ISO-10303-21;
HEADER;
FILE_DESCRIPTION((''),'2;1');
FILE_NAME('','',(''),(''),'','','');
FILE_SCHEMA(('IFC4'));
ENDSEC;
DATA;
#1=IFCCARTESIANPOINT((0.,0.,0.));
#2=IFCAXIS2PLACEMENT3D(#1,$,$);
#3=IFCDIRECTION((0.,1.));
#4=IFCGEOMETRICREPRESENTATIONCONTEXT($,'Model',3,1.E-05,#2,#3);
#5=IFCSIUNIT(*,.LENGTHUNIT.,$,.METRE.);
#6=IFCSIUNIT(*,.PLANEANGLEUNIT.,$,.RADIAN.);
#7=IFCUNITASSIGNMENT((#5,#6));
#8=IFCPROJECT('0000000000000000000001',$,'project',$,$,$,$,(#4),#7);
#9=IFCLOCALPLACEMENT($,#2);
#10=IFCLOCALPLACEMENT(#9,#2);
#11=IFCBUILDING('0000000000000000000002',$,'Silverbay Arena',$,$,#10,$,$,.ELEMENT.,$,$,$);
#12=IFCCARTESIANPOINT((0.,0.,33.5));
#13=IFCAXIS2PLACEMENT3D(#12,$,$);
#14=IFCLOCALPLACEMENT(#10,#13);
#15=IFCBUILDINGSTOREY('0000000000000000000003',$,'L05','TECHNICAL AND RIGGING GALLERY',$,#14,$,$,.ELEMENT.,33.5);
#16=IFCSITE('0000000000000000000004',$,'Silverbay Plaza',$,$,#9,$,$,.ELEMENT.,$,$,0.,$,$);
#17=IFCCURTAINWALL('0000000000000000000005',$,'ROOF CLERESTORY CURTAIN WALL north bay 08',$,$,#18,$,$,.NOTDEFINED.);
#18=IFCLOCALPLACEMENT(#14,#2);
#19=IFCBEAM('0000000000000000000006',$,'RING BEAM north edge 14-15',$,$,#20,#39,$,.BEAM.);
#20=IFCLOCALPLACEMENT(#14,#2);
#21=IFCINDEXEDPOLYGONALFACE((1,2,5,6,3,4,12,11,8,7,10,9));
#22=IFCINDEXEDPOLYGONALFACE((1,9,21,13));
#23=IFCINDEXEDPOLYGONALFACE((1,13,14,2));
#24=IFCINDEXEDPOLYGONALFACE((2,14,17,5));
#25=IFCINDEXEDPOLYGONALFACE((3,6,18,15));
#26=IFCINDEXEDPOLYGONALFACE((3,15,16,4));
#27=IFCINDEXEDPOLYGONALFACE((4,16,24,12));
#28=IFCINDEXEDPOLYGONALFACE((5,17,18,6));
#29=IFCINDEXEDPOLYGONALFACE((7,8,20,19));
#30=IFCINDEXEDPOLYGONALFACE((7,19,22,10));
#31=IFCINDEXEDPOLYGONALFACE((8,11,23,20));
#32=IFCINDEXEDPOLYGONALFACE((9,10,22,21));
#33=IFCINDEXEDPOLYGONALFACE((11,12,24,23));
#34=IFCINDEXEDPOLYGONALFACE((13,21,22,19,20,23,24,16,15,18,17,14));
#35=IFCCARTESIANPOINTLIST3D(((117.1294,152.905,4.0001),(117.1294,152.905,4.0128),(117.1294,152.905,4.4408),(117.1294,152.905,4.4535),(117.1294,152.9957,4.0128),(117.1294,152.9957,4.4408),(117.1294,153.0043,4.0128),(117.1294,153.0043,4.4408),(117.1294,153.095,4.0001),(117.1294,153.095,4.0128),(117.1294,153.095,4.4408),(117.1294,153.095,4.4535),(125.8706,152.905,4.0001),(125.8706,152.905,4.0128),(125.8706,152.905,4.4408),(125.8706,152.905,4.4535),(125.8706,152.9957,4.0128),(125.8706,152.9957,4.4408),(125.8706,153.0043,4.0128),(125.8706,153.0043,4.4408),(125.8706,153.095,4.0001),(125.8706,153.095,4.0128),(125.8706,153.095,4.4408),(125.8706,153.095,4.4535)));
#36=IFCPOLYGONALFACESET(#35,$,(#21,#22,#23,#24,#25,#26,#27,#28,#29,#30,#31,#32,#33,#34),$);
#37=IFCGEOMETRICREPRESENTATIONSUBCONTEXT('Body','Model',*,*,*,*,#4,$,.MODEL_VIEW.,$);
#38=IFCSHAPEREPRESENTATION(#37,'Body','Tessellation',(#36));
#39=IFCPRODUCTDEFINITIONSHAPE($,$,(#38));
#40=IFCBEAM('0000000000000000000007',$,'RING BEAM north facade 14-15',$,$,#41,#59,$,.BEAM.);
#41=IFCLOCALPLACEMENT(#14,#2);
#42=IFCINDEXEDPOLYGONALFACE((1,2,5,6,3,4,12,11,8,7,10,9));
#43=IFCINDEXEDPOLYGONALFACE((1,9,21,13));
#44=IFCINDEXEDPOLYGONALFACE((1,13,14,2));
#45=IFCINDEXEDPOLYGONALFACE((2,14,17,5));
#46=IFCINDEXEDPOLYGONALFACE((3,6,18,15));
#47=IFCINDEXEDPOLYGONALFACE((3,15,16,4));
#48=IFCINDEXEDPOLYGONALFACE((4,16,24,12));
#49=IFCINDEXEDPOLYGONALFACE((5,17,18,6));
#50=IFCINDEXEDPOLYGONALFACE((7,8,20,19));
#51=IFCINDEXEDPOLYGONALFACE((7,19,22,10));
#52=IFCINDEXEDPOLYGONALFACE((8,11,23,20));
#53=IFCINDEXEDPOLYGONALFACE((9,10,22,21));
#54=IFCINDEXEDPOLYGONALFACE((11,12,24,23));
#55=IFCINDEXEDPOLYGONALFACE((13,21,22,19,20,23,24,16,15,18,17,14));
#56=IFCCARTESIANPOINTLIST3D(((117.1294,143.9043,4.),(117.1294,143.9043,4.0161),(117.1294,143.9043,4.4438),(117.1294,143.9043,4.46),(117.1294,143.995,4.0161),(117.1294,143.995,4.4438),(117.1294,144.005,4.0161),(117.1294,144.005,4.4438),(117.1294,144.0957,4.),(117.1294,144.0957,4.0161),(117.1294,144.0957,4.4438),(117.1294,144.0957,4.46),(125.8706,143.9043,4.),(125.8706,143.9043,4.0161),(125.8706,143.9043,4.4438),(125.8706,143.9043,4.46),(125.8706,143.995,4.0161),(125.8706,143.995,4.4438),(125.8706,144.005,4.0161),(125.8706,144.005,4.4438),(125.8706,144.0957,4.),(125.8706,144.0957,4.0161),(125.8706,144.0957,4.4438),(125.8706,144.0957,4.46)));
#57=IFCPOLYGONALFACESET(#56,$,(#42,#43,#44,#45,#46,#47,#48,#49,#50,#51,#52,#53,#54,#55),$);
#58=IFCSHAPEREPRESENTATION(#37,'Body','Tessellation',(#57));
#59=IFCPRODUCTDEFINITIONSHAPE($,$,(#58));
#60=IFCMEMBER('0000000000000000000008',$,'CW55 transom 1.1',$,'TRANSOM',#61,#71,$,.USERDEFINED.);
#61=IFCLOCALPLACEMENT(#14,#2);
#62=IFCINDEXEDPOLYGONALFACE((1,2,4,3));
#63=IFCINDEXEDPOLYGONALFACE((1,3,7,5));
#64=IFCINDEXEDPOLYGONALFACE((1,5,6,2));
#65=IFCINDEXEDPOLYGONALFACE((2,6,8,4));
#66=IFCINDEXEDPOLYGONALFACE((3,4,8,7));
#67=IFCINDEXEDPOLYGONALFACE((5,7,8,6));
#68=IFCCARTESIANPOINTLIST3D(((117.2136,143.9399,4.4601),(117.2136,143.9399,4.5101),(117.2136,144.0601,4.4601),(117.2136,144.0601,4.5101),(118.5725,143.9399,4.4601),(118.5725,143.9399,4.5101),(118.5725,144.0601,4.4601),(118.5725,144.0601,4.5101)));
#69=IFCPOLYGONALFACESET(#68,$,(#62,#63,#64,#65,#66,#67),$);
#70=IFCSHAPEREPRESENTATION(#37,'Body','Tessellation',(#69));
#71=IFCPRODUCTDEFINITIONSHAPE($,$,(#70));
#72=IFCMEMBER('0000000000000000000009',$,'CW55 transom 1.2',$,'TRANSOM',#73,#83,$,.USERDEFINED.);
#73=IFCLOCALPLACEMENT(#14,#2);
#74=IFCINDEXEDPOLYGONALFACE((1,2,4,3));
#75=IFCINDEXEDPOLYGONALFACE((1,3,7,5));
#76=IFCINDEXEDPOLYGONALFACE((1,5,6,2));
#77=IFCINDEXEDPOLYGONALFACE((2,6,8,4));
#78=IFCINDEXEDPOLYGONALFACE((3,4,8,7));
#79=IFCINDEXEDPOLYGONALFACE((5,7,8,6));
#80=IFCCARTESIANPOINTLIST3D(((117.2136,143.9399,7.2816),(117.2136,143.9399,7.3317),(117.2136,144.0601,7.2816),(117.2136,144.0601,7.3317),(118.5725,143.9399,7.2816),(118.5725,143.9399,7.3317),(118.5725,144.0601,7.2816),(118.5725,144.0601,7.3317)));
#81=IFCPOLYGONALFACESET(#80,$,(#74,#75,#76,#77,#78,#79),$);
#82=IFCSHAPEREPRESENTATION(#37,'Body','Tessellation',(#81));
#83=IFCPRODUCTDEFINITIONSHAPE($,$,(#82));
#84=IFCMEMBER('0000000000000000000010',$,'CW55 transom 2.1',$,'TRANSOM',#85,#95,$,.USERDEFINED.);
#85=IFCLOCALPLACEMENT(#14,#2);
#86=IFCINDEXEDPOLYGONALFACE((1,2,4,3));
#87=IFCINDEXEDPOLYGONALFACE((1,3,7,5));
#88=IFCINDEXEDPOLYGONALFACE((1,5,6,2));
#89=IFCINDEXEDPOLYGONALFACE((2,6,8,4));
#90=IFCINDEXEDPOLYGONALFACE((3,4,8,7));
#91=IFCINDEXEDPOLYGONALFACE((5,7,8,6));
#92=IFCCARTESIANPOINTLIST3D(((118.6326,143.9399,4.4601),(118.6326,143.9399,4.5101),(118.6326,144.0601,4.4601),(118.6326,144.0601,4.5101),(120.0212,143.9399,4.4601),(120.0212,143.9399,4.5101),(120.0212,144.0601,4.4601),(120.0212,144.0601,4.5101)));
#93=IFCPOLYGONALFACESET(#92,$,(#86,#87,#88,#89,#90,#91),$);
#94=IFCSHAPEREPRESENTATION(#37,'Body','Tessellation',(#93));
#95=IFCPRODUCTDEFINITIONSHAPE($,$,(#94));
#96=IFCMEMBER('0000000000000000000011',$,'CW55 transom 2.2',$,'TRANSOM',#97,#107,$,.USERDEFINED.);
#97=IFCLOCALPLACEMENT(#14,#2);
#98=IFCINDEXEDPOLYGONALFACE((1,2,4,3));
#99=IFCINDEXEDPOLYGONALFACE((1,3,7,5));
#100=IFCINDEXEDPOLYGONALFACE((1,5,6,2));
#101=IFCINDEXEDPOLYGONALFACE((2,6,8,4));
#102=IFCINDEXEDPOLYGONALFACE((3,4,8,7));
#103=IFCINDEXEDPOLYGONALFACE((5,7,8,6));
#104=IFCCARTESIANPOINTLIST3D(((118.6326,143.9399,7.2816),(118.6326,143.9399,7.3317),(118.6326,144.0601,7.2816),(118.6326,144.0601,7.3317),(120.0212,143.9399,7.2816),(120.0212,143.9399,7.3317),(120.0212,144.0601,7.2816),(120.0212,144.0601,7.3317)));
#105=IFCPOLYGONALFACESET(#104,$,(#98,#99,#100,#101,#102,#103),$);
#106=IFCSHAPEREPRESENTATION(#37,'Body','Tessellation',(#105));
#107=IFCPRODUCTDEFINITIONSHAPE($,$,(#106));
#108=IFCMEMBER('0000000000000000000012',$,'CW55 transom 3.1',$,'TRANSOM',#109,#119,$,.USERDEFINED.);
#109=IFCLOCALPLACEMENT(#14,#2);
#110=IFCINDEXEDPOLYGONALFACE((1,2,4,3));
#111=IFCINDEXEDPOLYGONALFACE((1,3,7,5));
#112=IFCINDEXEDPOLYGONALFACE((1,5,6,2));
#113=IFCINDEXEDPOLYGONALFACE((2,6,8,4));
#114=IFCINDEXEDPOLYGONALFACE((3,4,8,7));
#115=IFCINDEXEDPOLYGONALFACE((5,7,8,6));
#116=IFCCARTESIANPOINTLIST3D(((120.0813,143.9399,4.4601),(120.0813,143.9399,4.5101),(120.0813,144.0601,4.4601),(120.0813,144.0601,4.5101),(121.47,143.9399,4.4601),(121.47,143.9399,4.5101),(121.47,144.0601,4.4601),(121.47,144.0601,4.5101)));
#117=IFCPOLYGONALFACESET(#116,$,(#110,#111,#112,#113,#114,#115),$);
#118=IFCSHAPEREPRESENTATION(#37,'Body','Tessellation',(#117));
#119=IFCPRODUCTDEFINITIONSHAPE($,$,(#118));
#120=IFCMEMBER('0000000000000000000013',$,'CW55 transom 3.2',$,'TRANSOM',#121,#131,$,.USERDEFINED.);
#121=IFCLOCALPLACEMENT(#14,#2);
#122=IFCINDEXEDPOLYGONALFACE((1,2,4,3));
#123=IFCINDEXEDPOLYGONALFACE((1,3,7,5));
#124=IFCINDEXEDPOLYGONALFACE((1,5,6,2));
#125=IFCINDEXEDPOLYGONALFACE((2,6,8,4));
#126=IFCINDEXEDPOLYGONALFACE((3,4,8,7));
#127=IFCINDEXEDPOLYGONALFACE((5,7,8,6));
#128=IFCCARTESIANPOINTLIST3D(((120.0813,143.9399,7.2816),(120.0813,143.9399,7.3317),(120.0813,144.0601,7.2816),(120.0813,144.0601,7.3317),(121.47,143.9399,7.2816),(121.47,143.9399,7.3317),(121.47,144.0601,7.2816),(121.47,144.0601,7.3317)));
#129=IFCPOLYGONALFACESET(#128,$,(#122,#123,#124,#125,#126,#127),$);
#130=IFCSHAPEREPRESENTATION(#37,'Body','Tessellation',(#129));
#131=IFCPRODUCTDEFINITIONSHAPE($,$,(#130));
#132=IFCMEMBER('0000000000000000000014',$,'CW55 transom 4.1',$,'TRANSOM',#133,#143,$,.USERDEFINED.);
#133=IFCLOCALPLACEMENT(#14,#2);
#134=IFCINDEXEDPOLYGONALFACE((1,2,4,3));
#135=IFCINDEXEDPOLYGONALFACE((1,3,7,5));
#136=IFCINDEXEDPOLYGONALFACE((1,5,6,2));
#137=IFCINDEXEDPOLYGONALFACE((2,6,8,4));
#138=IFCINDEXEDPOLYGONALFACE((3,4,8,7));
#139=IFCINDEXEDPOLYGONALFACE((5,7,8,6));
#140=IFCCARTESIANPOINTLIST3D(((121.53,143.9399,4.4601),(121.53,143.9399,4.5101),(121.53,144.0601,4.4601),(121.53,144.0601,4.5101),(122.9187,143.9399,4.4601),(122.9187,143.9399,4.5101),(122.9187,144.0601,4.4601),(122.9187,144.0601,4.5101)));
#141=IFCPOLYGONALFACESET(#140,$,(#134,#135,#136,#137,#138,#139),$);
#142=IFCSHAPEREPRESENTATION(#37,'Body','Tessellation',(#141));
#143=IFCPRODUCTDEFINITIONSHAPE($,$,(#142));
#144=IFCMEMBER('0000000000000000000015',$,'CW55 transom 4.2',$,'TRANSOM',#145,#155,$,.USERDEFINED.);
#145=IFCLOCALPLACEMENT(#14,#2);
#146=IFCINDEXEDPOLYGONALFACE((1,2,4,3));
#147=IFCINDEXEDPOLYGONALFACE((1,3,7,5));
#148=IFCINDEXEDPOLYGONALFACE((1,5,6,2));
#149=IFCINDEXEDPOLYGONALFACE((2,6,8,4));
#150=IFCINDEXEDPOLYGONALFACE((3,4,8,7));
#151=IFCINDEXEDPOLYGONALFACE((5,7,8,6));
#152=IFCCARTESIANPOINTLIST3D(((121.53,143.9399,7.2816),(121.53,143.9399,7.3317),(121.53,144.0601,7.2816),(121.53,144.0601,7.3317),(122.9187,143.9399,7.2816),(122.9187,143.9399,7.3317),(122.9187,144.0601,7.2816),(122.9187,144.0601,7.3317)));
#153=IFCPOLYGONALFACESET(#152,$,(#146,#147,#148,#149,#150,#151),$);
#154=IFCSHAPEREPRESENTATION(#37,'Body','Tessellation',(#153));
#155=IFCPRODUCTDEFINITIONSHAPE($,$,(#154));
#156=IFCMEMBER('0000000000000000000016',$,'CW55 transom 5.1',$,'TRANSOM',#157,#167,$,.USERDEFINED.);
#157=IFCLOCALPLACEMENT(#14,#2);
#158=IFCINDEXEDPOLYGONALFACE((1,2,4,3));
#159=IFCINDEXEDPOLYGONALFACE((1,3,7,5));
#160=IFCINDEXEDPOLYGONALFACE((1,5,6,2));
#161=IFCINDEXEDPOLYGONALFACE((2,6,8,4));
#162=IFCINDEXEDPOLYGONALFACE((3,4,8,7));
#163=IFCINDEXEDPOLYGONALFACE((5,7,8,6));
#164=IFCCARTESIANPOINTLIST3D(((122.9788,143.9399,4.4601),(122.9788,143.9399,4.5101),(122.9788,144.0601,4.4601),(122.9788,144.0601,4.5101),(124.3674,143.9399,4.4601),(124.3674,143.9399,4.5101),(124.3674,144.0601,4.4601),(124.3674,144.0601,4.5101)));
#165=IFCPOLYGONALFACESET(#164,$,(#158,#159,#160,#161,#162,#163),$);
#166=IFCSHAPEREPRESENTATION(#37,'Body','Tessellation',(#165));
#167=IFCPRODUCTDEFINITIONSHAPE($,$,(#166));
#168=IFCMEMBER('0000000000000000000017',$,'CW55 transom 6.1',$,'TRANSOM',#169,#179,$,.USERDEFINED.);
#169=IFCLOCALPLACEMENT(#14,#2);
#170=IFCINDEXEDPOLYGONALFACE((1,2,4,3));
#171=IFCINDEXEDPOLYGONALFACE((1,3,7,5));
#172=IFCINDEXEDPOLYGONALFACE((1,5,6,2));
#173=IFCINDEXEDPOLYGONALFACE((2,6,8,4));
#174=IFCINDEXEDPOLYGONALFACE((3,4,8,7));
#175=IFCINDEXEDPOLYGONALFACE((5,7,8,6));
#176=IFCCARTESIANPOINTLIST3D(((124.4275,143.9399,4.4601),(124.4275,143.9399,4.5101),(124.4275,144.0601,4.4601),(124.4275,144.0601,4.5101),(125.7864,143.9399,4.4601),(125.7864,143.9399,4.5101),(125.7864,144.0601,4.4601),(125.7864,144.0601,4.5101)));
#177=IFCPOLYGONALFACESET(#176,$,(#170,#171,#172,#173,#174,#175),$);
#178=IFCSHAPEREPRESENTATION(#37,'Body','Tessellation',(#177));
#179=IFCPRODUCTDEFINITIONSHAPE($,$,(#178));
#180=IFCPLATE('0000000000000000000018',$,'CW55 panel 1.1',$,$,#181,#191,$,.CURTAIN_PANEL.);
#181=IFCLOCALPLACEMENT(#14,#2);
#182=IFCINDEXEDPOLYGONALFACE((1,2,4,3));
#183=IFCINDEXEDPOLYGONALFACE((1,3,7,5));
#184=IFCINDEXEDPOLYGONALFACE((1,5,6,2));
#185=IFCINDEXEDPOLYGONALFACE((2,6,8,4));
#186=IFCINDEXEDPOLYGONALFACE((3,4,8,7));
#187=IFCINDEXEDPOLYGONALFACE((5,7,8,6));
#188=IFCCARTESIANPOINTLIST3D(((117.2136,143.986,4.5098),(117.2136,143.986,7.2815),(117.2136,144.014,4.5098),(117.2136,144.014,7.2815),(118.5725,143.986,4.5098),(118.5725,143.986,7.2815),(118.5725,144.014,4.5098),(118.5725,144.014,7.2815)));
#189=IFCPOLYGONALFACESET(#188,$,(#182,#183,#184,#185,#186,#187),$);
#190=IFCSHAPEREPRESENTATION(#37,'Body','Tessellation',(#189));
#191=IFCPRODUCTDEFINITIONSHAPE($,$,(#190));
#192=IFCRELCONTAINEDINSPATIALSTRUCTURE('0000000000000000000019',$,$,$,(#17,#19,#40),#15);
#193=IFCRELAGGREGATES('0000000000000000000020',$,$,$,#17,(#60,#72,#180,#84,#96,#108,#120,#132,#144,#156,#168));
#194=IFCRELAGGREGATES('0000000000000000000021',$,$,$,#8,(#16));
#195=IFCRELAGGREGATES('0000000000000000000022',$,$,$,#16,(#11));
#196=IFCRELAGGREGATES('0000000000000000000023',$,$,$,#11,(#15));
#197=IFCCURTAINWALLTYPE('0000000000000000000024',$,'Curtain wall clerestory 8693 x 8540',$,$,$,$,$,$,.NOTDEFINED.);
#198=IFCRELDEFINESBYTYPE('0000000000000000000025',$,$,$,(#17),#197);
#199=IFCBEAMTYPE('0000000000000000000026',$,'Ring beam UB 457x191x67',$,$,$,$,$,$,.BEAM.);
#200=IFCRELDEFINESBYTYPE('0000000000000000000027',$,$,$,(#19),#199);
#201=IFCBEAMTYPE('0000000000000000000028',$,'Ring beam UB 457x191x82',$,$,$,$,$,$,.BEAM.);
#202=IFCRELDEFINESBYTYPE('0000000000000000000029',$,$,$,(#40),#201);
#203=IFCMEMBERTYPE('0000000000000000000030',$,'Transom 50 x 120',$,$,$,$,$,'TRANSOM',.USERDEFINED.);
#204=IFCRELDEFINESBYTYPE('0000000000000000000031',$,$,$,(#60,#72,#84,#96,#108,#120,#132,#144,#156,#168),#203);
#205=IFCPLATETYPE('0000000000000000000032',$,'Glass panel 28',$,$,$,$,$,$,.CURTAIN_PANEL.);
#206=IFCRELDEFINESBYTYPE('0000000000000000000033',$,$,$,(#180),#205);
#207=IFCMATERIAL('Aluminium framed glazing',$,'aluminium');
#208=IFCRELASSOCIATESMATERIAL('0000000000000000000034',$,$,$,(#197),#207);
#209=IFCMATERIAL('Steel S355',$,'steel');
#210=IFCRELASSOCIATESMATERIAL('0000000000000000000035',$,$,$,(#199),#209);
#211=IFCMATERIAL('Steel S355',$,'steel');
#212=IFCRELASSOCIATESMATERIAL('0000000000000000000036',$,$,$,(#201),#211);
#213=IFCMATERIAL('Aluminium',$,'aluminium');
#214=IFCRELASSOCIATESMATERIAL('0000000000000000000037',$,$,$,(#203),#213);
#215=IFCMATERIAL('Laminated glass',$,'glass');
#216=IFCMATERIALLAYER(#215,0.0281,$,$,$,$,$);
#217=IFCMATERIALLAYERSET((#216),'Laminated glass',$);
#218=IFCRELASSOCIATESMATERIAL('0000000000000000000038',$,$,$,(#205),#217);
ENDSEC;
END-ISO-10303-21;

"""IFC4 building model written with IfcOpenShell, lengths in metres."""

from ifc_helpers import new_model, si_unit, direction, frame, origin, origin_2d, place, context, subcontext, project, spatial, rectangle, i_section, extrude, material, layer, layer_set, material_profile, profile_set, type_object, element, aggregate, save


model = new_model("IFC4")

# Units and contexts
model_context = context("Model", 3, precision=1e-05, world=origin(), true_north=direction((0.0, 1.0)))
body_context = subcontext(model_context, "Body", "Model", "MODEL_VIEW")
ifc_project = project(units=[si_unit("LENGTHUNIT", "METRE"), si_unit("PLANEANGLEUNIT", "RADIAN")], contexts=[model_context])

# Site, building, storey
site_placement = place(None, origin())
site = spatial("IfcSite", under=ifc_project, at=site_placement, Name="Silverbay Plaza", CompositionType="ELEMENT", RefElevation=0.0)
building_placement = place(site_placement, origin())
building = spatial("IfcBuilding", under=site, at=building_placement, Name="Silverbay Arena", CompositionType="ELEMENT")
storey_placement = place(building_placement, frame((0.0, 0.0, 33.5)))
storey = spatial("IfcBuildingStorey", under=building, at=storey_placement, Name="L05", Description="TECHNICAL AND RIGGING GALLERY", CompositionType="ELEMENT", Elevation=33.5)

# Curtain wall
ifc_material_1 = material(Name="Aluminium framed glazing", Category="aluminium")
curtain_wall_type = type_object("IfcCurtainWallType", Name="Curtain wall clerestory 8693 x 8540", PredefinedType="NOTDEFINED", material=ifc_material_1)
curtain_wall_placement = place(storey_placement, origin())
curtain_wall = element("IfcCurtainWall", 1, at=curtain_wall_placement, inside=storey, type_object=curtain_wall_type, Name="ROOF CLERESTORY CURTAIN WALL north bay 08", PredefinedType="NOTDEFINED")

# Beams
ifc_material_2 = material(Name="Steel S355", Category="steel")
ifc_material_profile_1 = material_profile(ifc_material_2, i_section(OverallWidth=0.1899, OverallDepth=0.4534, WebThickness=0.0085, FlangeThickness=0.0127, at=origin_2d()), Name="UB 457x191x67")
ifc_profile_set_1 = profile_set([ifc_material_profile_1], Name="Steel S355")
beam_type_1 = type_object("IfcBeamType", Name="Ring beam UB 457x191x67", PredefinedType="BEAM", material=ifc_profile_set_1)
beam_1_placement = place(storey_placement, frame((117.1294, 153.0, 4.2268), z_axis=(1.0, 0.0, 0.0), x_axis=(0.0, 1.0, 0.0)))
element("IfcBeam", 2, at=beam_1_placement, inside=storey, type_object=beam_type_1, Name="RING BEAM north edge 14-15", PredefinedType="BEAM", context=body_context, shape_type="SweptSolid", body=[
    extrude(i_section(OverallWidth=0.1899, OverallDepth=0.4534, WebThickness=0.0085, FlangeThickness=0.0127, at=origin_2d()), origin(), (0.0, 0.0, 1.0), 8.7412),
])
ifc_material_3 = material(Name="Steel S355", Category="steel")
ifc_material_profile_2 = material_profile(ifc_material_3, i_section(OverallWidth=0.1914, OverallDepth=0.46, WebThickness=0.01, FlangeThickness=0.0161, at=origin_2d()), Name="UB 457x191x82")
ifc_profile_set_2 = profile_set([ifc_material_profile_2], Name="Steel S355")
beam_type_2 = type_object("IfcBeamType", Name="Ring beam UB 457x191x82", PredefinedType="BEAM", material=ifc_profile_set_2)
beam_2_placement = place(storey_placement, frame((117.1294, 144.0, 4.23), z_axis=(1.0, 0.0, 0.0), x_axis=(0.0, 1.0, 0.0)))
element("IfcBeam", 3, at=beam_2_placement, inside=storey, type_object=beam_type_2, Name="RING BEAM north facade 14-15", PredefinedType="BEAM", context=body_context, shape_type="SweptSolid", body=[
    extrude(i_section(OverallWidth=0.1914, OverallDepth=0.46, WebThickness=0.01, FlangeThickness=0.0161, at=origin_2d()), origin(), (0.0, 0.0, 1.0), 8.7412),
])

# Members
ifc_material_4 = material(Name="Aluminium", Category="aluminium")
ifc_material_profile_3 = material_profile(ifc_material_4, rectangle(XDim=0.1201, YDim=0.05, at=origin_2d()), Name="Transom 50 x 120")
ifc_profile_set_3 = profile_set([ifc_material_profile_3], Name="Aluminium")
member_type_1 = type_object("IfcMemberType", Name="Transom 50 x 120", ElementType="TRANSOM", PredefinedType="USERDEFINED", material=ifc_profile_set_3)
member_1_placement = place(storey_placement, frame((117.2136, 144.0, 4.4851), z_axis=(1.0, 0.0, 0.0), x_axis=(0.0, 1.0, 0.0)))
member_1 = element("IfcMember", 4, at=member_1_placement, type_object=member_type_1, Name="CW55 transom 1.1", ObjectType="TRANSOM", PredefinedType="USERDEFINED", context=body_context, shape_type="SweptSolid", body=[
    extrude(rectangle(XDim=0.1201, YDim=0.05, at=origin_2d()), origin(), (0.0, 0.0, 1.0), 1.3589),
])
member_2_placement = place(storey_placement, frame((117.2136, 144.0, 7.3066), z_axis=(1.0, 0.0, 0.0), x_axis=(0.0, 1.0, 0.0)))
member_2 = element("IfcMember", 5, at=member_2_placement, type_object=member_type_1, Name="CW55 transom 1.2", ObjectType="TRANSOM", PredefinedType="USERDEFINED", context=body_context, shape_type="SweptSolid", body=[
    extrude(rectangle(XDim=0.1201, YDim=0.05, at=origin_2d()), origin(), (0.0, 0.0, 1.0), 1.3589),
])
member_3_placement = place(storey_placement, frame((118.6326, 144.0, 4.4851), z_axis=(1.0, 0.0, 0.0), x_axis=(0.0, 1.0, 0.0)))
member_3 = element("IfcMember", 6, at=member_3_placement, type_object=member_type_1, Name="CW55 transom 2.1", ObjectType="TRANSOM", PredefinedType="USERDEFINED", context=body_context, shape_type="SweptSolid", body=[
    extrude(rectangle(XDim=0.1201, YDim=0.05, at=origin_2d()), origin(), (0.0, 0.0, 1.0), 1.3887),
])
member_4_placement = place(storey_placement, frame((118.6326, 144.0, 7.3066), z_axis=(1.0, 0.0, 0.0), x_axis=(0.0, 1.0, 0.0)))
member_4 = element("IfcMember", 7, at=member_4_placement, type_object=member_type_1, Name="CW55 transom 2.2", ObjectType="TRANSOM", PredefinedType="USERDEFINED", context=body_context, shape_type="SweptSolid", body=[
    extrude(rectangle(XDim=0.1201, YDim=0.05, at=origin_2d()), origin(), (0.0, 0.0, 1.0), 1.3887),
])
member_5_placement = place(storey_placement, frame((120.0813, 144.0, 4.4851), z_axis=(1.0, 0.0, 0.0), x_axis=(0.0, 1.0, 0.0)))
member_5 = element("IfcMember", 8, at=member_5_placement, type_object=member_type_1, Name="CW55 transom 3.1", ObjectType="TRANSOM", PredefinedType="USERDEFINED", context=body_context, shape_type="SweptSolid", body=[
    extrude(rectangle(XDim=0.1201, YDim=0.05, at=origin_2d()), origin(), (0.0, 0.0, 1.0), 1.3887),
])
member_6_placement = place(storey_placement, frame((120.0813, 144.0, 7.3066), z_axis=(1.0, 0.0, 0.0), x_axis=(0.0, 1.0, 0.0)))
member_6 = element("IfcMember", 9, at=member_6_placement, type_object=member_type_1, Name="CW55 transom 3.2", ObjectType="TRANSOM", PredefinedType="USERDEFINED", context=body_context, shape_type="SweptSolid", body=[
    extrude(rectangle(XDim=0.1201, YDim=0.05, at=origin_2d()), origin(), (0.0, 0.0, 1.0), 1.3887),
])
member_7_placement = place(storey_placement, frame((121.53, 144.0, 4.4851), z_axis=(1.0, 0.0, 0.0), x_axis=(0.0, 1.0, 0.0)))
member_7 = element("IfcMember", 10, at=member_7_placement, type_object=member_type_1, Name="CW55 transom 4.1", ObjectType="TRANSOM", PredefinedType="USERDEFINED", context=body_context, shape_type="SweptSolid", body=[
    extrude(rectangle(XDim=0.1201, YDim=0.05, at=origin_2d()), origin(), (0.0, 0.0, 1.0), 1.3887),
])
member_8_placement = place(storey_placement, frame((121.53, 144.0, 7.3066), z_axis=(1.0, 0.0, 0.0), x_axis=(0.0, 1.0, 0.0)))
member_8 = element("IfcMember", 11, at=member_8_placement, type_object=member_type_1, Name="CW55 transom 4.2", ObjectType="TRANSOM", PredefinedType="USERDEFINED", context=body_context, shape_type="SweptSolid", body=[
    extrude(rectangle(XDim=0.1201, YDim=0.05, at=origin_2d()), origin(), (0.0, 0.0, 1.0), 1.3887),
])
member_9_placement = place(storey_placement, frame((122.9788, 144.0, 4.4851), z_axis=(1.0, 0.0, 0.0), x_axis=(0.0, 1.0, 0.0)))
member_9 = element("IfcMember", 12, at=member_9_placement, type_object=member_type_1, Name="CW55 transom 5.1", ObjectType="TRANSOM", PredefinedType="USERDEFINED", context=body_context, shape_type="SweptSolid", body=[
    extrude(rectangle(XDim=0.1201, YDim=0.05, at=origin_2d()), origin(), (0.0, 0.0, 1.0), 1.3887),
])
member_10_placement = place(storey_placement, frame((124.4275, 144.0, 4.4851), z_axis=(1.0, 0.0, 0.0), x_axis=(0.0, 1.0, 0.0)))
member_10 = element("IfcMember", 13, at=member_10_placement, type_object=member_type_1, Name="CW55 transom 6.1", ObjectType="TRANSOM", PredefinedType="USERDEFINED", context=body_context, shape_type="SweptSolid", body=[
    extrude(rectangle(XDim=0.1201, YDim=0.05, at=origin_2d()), origin(), (0.0, 0.0, 1.0), 1.3589),
])

# Plate
ifc_material_5 = material(Name="Laminated glass", Category="glass")
ifc_layer_1 = layer(ifc_material_5, 0.0281)
ifc_layer_set_1 = layer_set([ifc_layer_1], Name="Laminated glass")
plate_type = type_object("IfcPlateType", Name="Glass panel 28", PredefinedType="CURTAIN_PANEL", material=ifc_layer_set_1)
plate_1_placement = place(storey_placement, frame((117.8931, 144.0, 4.5098), z_axis=(0.0, 0.0, 1.0), x_axis=(1.0, 0.0, 0.0)))
plate_1 = element("IfcPlate", 14, at=plate_1_placement, type_object=plate_type, Name="CW55 panel 1.1", PredefinedType="CURTAIN_PANEL", context=body_context, shape_type="SweptSolid", body=[
    extrude(rectangle(XDim=1.3589, YDim=0.0281, at=origin_2d()), origin(), (0.0, 0.0, 1.0), 2.7717),
])
aggregate(curtain_wall, [member_1, member_2, plate_1, member_3, member_4, member_5, member_6, member_7, member_8, member_9, member_10])

save(model, "model.ifc")
